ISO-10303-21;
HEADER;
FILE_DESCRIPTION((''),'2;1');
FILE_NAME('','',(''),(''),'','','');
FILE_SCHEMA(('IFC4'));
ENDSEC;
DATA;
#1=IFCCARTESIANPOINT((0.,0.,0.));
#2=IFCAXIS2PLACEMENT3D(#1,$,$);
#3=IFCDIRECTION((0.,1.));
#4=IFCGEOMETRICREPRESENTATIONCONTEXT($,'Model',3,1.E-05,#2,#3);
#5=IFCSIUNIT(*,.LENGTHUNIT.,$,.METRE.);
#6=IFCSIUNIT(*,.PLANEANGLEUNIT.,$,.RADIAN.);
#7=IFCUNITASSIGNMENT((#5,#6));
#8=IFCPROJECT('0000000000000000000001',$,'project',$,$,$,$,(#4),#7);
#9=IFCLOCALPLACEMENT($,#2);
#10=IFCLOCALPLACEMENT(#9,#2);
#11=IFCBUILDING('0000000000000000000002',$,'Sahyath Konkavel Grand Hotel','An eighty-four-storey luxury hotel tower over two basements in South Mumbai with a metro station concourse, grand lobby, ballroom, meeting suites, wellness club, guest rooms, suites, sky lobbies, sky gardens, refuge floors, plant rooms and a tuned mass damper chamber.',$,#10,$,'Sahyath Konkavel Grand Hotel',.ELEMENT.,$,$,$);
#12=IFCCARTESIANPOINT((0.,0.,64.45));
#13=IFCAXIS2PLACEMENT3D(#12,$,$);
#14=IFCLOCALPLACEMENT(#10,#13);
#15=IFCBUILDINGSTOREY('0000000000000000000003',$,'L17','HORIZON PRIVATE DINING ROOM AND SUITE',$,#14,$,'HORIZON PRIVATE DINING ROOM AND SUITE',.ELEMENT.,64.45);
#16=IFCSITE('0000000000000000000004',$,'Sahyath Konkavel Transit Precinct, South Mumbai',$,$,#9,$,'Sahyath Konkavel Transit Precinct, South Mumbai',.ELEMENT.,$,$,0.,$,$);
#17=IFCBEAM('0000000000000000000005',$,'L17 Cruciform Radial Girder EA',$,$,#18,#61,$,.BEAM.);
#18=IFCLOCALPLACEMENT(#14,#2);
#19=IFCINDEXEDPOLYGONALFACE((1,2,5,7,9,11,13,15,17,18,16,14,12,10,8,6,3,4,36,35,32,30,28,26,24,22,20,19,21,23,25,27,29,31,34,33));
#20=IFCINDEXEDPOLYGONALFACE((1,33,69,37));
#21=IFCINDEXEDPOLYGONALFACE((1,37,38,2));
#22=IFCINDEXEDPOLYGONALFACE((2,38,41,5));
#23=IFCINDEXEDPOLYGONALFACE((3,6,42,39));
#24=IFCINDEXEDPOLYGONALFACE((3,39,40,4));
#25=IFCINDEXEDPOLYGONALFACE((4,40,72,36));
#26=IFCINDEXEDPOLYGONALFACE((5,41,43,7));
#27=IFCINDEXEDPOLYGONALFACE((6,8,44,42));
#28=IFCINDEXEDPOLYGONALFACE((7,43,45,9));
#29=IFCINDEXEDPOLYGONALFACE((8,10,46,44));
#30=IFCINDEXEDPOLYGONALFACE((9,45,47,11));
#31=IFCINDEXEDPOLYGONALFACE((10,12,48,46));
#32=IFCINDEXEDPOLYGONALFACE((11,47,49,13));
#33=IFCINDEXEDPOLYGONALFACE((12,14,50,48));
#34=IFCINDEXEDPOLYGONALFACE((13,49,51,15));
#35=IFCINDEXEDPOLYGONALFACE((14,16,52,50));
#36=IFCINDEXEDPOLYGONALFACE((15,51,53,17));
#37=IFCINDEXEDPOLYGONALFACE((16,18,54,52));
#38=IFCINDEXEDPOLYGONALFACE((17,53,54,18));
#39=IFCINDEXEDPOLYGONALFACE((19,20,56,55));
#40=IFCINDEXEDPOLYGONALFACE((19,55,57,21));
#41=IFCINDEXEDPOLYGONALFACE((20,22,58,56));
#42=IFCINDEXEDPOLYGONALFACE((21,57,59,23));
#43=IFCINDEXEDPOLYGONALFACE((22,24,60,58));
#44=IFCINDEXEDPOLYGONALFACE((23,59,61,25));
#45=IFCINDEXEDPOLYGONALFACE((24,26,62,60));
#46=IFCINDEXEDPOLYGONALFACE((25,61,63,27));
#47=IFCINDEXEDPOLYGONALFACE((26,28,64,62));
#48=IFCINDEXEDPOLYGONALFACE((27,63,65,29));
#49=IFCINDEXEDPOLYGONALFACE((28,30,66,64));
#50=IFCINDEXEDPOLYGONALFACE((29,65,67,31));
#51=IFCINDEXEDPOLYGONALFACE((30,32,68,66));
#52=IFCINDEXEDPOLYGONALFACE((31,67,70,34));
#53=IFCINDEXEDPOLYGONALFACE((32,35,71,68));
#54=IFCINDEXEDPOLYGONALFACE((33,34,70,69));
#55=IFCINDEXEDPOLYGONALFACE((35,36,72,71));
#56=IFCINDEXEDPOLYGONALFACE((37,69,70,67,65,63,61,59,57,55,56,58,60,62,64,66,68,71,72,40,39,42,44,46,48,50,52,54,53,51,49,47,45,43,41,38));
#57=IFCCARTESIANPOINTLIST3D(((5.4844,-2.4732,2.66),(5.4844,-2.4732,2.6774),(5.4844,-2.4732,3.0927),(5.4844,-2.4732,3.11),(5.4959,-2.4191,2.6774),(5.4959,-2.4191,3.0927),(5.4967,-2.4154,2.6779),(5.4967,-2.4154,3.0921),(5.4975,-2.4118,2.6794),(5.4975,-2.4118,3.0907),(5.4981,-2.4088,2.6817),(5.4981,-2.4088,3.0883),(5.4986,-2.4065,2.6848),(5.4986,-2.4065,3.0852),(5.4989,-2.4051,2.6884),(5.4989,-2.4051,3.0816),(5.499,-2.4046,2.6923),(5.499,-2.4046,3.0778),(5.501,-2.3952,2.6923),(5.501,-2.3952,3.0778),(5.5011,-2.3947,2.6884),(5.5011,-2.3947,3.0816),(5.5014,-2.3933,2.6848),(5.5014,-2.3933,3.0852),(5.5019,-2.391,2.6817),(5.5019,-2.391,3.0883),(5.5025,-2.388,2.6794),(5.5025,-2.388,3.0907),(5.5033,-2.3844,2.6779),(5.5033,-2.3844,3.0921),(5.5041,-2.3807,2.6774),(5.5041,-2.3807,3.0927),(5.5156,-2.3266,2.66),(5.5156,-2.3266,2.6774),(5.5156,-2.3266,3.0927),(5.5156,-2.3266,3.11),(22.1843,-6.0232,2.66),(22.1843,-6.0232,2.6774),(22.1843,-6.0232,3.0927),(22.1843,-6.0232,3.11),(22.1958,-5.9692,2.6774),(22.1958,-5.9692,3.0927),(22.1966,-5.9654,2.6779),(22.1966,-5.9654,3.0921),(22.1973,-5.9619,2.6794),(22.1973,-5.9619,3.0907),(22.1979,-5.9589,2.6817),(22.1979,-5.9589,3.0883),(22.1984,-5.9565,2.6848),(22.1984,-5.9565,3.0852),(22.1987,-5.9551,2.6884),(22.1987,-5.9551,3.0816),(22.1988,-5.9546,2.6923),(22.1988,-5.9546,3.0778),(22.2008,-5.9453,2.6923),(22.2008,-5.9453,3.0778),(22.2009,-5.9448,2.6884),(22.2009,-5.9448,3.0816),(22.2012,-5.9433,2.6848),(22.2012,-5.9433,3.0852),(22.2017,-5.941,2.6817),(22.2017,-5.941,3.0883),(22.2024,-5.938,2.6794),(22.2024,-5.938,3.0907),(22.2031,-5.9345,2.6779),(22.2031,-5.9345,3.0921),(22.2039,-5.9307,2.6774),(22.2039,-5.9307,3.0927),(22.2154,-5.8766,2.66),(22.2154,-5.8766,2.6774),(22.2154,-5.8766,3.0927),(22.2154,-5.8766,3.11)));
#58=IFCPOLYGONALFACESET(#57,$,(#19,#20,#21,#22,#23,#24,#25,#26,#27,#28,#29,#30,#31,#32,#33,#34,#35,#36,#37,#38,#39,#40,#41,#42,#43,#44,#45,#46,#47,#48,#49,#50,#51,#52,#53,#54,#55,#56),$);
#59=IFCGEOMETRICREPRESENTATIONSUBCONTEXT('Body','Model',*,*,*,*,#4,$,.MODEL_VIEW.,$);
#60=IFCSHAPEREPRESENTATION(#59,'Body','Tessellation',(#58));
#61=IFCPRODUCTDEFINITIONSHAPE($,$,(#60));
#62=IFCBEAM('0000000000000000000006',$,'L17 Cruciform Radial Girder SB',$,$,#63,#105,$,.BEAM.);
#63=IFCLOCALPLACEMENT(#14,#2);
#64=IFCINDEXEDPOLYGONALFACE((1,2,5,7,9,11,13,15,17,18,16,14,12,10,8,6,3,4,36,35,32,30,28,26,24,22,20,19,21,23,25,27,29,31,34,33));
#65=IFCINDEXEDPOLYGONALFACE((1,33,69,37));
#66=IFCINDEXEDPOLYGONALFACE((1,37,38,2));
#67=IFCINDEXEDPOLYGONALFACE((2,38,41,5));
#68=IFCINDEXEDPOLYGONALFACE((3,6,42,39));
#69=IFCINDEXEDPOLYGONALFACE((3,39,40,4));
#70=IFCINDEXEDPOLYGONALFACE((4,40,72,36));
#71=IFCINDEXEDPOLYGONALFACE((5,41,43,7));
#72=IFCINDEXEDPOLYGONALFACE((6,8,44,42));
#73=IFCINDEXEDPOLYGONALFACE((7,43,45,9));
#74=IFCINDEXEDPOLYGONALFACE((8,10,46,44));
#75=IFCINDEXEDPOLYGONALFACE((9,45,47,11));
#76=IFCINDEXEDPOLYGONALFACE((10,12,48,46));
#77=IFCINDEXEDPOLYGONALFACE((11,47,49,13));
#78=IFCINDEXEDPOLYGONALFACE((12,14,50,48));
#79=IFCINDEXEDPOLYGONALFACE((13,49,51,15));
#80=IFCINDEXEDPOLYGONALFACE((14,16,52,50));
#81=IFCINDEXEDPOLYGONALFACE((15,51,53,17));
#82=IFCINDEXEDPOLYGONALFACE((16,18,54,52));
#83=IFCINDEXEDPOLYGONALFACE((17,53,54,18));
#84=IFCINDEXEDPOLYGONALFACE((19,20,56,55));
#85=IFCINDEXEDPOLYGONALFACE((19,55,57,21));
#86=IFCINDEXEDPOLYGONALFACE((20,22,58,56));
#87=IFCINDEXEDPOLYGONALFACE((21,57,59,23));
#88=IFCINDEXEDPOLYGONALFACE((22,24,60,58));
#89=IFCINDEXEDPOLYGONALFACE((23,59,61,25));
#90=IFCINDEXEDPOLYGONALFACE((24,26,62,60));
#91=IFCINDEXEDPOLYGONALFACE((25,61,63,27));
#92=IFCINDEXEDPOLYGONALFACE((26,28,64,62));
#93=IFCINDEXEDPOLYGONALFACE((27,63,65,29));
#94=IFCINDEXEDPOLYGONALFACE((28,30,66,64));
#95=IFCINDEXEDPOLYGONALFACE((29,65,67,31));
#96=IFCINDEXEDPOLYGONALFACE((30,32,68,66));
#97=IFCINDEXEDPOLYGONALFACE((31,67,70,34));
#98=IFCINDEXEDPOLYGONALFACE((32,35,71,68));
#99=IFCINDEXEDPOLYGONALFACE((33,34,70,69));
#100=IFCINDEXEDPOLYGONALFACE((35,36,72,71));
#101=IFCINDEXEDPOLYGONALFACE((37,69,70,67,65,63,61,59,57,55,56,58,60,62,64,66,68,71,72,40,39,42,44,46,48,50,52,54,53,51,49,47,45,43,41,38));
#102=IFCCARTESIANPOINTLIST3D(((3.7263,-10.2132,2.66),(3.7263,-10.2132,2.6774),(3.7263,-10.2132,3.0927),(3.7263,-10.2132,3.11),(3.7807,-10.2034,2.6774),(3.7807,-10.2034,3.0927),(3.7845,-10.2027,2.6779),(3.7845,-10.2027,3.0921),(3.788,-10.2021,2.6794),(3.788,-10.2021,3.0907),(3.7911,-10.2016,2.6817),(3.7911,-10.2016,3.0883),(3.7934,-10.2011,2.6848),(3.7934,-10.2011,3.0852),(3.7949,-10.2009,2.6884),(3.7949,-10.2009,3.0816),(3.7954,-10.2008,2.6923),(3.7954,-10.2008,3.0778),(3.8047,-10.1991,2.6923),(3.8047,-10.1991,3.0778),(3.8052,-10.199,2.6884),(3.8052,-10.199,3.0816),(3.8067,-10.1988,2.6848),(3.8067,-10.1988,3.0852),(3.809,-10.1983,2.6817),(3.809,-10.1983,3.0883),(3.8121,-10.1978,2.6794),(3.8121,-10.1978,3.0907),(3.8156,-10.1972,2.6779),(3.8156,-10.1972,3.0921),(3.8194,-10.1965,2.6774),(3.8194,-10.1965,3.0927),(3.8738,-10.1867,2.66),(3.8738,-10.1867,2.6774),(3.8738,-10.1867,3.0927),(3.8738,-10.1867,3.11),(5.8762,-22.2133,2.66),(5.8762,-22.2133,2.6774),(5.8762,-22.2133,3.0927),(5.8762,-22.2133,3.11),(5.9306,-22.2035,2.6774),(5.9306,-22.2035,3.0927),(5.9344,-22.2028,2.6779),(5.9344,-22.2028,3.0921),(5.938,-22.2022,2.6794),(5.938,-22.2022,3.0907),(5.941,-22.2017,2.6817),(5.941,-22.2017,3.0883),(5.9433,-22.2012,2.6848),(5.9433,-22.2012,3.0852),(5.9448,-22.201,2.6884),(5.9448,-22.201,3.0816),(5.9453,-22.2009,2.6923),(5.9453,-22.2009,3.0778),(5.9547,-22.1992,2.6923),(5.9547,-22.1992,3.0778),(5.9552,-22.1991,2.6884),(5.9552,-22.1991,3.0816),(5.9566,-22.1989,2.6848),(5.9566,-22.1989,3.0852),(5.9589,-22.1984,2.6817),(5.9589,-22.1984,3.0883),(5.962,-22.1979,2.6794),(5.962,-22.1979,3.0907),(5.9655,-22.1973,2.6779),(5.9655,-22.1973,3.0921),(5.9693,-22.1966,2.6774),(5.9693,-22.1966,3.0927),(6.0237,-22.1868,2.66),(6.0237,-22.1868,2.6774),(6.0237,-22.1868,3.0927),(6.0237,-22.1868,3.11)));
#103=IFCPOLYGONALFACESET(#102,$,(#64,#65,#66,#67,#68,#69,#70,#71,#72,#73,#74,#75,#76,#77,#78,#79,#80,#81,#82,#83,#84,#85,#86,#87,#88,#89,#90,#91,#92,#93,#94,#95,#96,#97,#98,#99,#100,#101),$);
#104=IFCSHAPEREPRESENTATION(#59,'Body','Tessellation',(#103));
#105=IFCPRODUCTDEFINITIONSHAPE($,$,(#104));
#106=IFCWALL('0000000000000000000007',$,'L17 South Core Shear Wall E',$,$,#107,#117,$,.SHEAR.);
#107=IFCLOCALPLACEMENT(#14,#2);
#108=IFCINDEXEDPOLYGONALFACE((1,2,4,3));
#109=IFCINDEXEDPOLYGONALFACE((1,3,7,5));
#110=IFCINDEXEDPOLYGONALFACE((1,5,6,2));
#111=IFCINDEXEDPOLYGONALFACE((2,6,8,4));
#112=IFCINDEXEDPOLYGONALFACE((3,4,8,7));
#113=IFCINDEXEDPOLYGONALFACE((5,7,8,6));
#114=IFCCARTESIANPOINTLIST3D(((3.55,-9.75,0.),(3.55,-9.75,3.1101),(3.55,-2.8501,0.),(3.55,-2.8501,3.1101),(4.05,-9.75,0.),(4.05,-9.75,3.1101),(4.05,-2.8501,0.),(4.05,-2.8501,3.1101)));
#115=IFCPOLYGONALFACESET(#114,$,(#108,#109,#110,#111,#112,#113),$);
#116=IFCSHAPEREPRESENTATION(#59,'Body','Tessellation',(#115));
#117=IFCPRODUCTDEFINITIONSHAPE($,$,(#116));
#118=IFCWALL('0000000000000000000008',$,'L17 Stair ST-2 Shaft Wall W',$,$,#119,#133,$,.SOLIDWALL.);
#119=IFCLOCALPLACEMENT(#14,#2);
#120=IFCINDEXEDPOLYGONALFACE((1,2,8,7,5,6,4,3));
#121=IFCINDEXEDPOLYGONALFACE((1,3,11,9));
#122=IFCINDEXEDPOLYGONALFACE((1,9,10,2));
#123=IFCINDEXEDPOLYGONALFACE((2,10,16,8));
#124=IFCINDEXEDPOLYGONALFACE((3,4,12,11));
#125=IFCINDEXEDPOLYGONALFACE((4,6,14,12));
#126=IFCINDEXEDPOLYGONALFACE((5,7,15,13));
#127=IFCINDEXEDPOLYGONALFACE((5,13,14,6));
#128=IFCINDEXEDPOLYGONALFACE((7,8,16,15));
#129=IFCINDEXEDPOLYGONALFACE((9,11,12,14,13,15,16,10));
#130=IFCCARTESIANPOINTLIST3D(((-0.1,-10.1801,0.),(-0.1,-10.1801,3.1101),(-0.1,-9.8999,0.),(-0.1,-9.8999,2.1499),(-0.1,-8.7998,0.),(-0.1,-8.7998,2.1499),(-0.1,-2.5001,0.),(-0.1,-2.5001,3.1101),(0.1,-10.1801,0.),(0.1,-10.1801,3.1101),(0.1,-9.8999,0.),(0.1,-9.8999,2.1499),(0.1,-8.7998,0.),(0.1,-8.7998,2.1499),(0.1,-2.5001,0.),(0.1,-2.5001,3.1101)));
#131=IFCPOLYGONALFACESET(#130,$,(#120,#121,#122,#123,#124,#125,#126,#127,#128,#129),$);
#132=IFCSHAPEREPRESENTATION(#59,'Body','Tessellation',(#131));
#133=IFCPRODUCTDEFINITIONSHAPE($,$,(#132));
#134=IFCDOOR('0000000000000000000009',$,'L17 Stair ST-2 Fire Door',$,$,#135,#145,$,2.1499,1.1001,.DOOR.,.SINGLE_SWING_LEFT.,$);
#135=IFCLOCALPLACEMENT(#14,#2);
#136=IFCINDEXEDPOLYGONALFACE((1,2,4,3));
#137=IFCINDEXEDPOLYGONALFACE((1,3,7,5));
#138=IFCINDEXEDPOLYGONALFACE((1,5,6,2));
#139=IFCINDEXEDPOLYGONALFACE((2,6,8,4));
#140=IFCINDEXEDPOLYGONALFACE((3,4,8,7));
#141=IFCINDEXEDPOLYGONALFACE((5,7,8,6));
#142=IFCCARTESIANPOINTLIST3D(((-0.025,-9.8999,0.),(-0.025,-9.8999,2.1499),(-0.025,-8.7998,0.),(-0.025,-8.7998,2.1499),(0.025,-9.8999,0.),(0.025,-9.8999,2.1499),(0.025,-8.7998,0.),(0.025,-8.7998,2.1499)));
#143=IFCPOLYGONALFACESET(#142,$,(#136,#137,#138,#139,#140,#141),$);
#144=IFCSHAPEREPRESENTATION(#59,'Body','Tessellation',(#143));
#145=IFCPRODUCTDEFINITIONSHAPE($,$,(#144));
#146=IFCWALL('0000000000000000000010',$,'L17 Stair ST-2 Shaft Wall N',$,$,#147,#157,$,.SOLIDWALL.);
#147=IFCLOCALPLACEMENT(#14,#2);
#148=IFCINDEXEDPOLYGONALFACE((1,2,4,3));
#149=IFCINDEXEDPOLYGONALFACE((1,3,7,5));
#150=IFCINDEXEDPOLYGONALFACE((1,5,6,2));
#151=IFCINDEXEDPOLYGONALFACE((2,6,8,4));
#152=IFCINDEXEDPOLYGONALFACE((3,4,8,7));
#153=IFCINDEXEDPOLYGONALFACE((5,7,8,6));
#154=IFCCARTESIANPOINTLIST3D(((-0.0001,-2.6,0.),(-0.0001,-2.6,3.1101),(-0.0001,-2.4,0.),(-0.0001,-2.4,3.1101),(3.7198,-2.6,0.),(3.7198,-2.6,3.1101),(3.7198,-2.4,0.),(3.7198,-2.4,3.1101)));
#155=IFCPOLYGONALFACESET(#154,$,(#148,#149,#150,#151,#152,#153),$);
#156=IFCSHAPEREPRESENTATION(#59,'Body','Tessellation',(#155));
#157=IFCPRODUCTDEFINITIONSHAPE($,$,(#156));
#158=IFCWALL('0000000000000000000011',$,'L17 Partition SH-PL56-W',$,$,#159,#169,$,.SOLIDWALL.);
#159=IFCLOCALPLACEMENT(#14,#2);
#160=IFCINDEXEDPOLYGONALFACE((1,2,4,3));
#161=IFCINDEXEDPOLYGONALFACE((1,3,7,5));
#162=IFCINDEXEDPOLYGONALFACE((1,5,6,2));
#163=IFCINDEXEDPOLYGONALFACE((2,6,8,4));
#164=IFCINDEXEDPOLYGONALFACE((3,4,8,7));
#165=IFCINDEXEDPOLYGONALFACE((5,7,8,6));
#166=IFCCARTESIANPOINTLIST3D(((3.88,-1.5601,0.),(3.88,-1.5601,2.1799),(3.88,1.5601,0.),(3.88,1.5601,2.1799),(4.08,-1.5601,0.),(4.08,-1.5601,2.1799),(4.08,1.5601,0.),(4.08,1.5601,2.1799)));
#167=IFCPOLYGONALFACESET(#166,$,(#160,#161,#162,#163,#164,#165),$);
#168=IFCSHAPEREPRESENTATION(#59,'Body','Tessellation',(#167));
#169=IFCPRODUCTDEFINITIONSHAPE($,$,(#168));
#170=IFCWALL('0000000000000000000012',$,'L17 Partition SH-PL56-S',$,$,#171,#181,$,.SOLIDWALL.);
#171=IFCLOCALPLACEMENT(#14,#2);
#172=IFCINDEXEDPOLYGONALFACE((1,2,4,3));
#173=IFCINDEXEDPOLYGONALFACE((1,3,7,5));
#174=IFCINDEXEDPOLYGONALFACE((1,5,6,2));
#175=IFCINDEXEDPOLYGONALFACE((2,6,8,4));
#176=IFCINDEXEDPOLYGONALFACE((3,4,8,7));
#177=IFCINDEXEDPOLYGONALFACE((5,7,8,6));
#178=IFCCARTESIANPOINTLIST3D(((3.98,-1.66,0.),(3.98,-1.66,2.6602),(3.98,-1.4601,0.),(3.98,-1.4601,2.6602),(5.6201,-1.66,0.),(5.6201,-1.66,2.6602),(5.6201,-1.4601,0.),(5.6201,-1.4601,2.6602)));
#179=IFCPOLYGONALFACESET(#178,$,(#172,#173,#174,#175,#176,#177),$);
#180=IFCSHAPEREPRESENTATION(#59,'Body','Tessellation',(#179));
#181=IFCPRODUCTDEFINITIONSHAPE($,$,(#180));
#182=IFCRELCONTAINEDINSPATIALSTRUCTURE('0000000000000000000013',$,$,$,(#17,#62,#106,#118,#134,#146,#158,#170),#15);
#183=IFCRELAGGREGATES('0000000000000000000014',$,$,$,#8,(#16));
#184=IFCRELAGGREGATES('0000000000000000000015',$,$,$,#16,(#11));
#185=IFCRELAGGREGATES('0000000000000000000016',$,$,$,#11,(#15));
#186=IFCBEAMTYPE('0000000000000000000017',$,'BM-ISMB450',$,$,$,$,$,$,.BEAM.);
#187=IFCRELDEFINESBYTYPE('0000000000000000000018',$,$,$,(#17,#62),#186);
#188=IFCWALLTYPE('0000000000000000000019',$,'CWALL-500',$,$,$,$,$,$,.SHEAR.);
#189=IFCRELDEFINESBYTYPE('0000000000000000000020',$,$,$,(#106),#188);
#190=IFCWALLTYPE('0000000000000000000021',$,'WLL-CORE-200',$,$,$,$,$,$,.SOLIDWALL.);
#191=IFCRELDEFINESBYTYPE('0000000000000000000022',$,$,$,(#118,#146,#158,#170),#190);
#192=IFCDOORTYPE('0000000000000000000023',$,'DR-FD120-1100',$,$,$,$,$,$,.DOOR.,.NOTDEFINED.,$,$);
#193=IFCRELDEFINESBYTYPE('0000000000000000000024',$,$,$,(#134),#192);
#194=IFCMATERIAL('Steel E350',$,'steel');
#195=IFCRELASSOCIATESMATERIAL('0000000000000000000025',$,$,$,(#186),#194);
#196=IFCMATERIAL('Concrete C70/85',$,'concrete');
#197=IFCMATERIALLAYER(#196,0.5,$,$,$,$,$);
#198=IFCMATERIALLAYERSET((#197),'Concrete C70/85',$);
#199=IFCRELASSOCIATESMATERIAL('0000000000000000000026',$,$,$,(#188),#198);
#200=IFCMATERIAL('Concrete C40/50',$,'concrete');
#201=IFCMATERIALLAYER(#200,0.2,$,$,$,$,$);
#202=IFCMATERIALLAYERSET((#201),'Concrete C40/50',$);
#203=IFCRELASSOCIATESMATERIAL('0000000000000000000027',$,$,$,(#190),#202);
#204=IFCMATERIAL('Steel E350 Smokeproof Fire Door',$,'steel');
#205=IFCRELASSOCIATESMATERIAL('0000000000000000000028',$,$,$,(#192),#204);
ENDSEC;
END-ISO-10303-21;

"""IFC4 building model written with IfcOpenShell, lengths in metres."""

from ifc_helpers import new_model, si_unit, direction, frame, frame_2d, origin, origin_2d, place, context, subcontext, project, spatial, rectangle, i_section, extrude, source, transform, mapped, material, layer, layer_set, material_profile, profile_set, type_object, element, fill, save


model = new_model("IFC4")

# Units and contexts
model_context = context("Model", 3, precision=1e-05, world=origin(), true_north=direction((0.0, 1.0)))
body_context = subcontext(model_context, "Body", "Model", "MODEL_VIEW")
ifc_project = project(units=[si_unit("LENGTHUNIT", "METRE"), si_unit("PLANEANGLEUNIT", "RADIAN")], contexts=[model_context])

# Site, building, storey
site_placement = place(None, origin())
site = spatial("IfcSite", under=ifc_project, at=site_placement, Name="Sahyath Konkavel Transit Precinct, South Mumbai", LongName="Sahyath Konkavel Transit Precinct, South Mumbai", CompositionType="ELEMENT", RefElevation=0.0)
building_placement = place(site_placement, origin())
building = spatial("IfcBuilding", under=site, at=building_placement, Name="Sahyath Konkavel Grand Hotel", Description="An eighty-four-storey luxury hotel tower over two basements in South Mumbai with a metro station concourse, grand lobby, ballroom, meeting suites, wellness club, guest rooms, suites, sky lobbies, sky gardens, refuge floors, plant rooms and a tuned mass damper chamber.", LongName="Sahyath Konkavel Grand Hotel", CompositionType="ELEMENT")
storey_placement = place(building_placement, frame((0.0, 0.0, 64.45)))
storey = spatial("IfcBuildingStorey", under=building, at=storey_placement, Name="L17", Description="HORIZON PRIVATE DINING ROOM AND SUITE", LongName="HORIZON PRIVATE DINING ROOM AND SUITE", CompositionType="ELEMENT", Elevation=64.45)

# Shared definitions
ifc_material_1 = material(Name="Concrete C70/85", Category="concrete")

# Beams
ifc_material_2 = material(Name="Steel E350", Category="steel")
ifc_material_profile_1 = material_profile(ifc_material_2, i_section(OverallWidth=0.1499, OverallDepth=0.45, WebThickness=0.0095, FlangeThickness=0.0173, FilletRadius=0.0149, at=origin_2d()), Name="ISMB 450")
ifc_profile_set_1 = profile_set([ifc_material_profile_1], Name="Steel E350")
beam_type_1 = type_object("IfcBeamType", Name="BM-ISMB450", PredefinedType="BEAM", material=ifc_profile_set_1)
shared_shape_1 = source(origin(), body_context, "Body", "SweptSolid", [
    extrude(i_section(OverallWidth=0.1499, OverallDepth=0.45, WebThickness=0.0095, FlangeThickness=0.0173, FilletRadius=0.0149, at=origin_2d()), origin(), (0.0, 0.0, 1.0), 17.073),
])
beam_1_placement = place(storey_placement, frame((5.5, -2.3999, 2.885), z_axis=(0.978143, -0.207932, 0.0), x_axis=(0.207932, 0.978143, 0.0)))
element("IfcBeam", 1, at=beam_1_placement, inside=storey, type_object=beam_type_1, Name="L17 Cruciform Radial Girder EA", PredefinedType="BEAM", context=body_context, shape_type="MappedRepresentation", body=[
    mapped(shared_shape_1, transform((0.0, 0.0, 0.0), scale=1.0)),
])
shared_shape_2 = source(origin(), body_context, "Body", "SweptSolid", [
    extrude(i_section(OverallWidth=0.1499, OverallDepth=0.45, WebThickness=0.0095, FlangeThickness=0.0173, FilletRadius=0.0149, at=origin_2d()), origin(), (0.0, 0.0, 1.0), 12.1912),
])
beam_2_placement = place(storey_placement, frame((3.8, -10.2, 2.885), z_axis=(0.176351, -0.984327, 0.0), x_axis=(0.984327, 0.176351, 0.0)))
element("IfcBeam", 2, at=beam_2_placement, inside=storey, type_object=beam_type_1, Name="L17 Cruciform Radial Girder SB", PredefinedType="BEAM", context=body_context, shape_type="MappedRepresentation", body=[
    mapped(shared_shape_2, transform((0.0, 0.0, 0.0), scale=1.0)),
])

# Wall
ifc_layer_1 = layer(ifc_material_1, 0.5)
ifc_layer_set_1 = layer_set([ifc_layer_1], Name="Concrete C70/85")
wall_type_1 = type_object("IfcWallType", Name="CWALL-500", PredefinedType="SHEAR", material=ifc_layer_set_1)
wall_1_placement = place(storey_placement, frame((3.8, -9.75, 0.0), z_axis=(0.0, 0.0, 1.0), x_axis=(0.0, 1.0, 0.0)))
element("IfcWall", 3, at=wall_1_placement, inside=storey, type_object=wall_type_1, Name="L17 South Core Shear Wall E", PredefinedType="SHEAR", context=body_context, shape_type="SweptSolid", body=[
    extrude(rectangle(XDim=6.8999, YDim=0.5, at=frame_2d((3.45, 0.0))), origin(), (0.0, 0.0, 1.0), 3.1101),
])

# Wall, opening, door
ifc_material_3 = material(Name="Concrete C40/50", Category="concrete")
ifc_layer_2 = layer(ifc_material_3, 0.2)
ifc_layer_set_2 = layer_set([ifc_layer_2], Name="Concrete C40/50")
wall_type_2 = type_object("IfcWallType", Name="WLL-CORE-200", PredefinedType="SOLIDWALL", material=ifc_layer_set_2)
wall_2_placement = place(storey_placement, frame((0.0, -10.1799, 0.0), z_axis=(0.0, 0.0, 1.0), x_axis=(0.0, 1.0, 0.0)))
wall_2 = element("IfcWall", 4, at=wall_2_placement, inside=storey, type_object=wall_type_2, Name="L17 Stair ST-2 Shaft Wall W", PredefinedType="SOLIDWALL", context=body_context, shape_type="SweptSolid", body=[
    extrude(rectangle(XDim=7.6799, YDim=0.2, at=frame_2d((3.8398, 0.0))), origin(), (0.0, 0.0, 1.0), 3.1101),
])
opening_1_placement = place(wall_2_placement, frame((0.28, 0.0, 0.0)))
opening_1 = element("IfcOpeningElement", 5, at=opening_1_placement, cuts=wall_2, PredefinedType="OPENING", context=body_context, shape_type="SweptSolid", body=[
    extrude(rectangle(XDim=1.1001, YDim=2.1499, at=frame_2d((0.55, 1.075))), frame((0.0, 0.1099, 0.0), z_axis=(0.0, -1.0, 0.0), x_axis=(1.0, 0.0, 0.0)), (0.0, 0.0, 1.0), 0.22),
])
ifc_material_4 = material(Name="Steel E350 Smokeproof Fire Door", Category="steel")
door_type_1 = type_object("IfcDoorType", Name="DR-FD120-1100", OperationType="NOTDEFINED", PredefinedType="DOOR", material=ifc_material_4)
shared_shape_3 = source(origin(), body_context, "Body", "SweptSolid", [
    extrude(rectangle(XDim=1.1001, YDim=0.05, at=origin_2d()), origin(), (0.0, 0.0, 1.0), 2.1499),
])
door_1_placement = place(opening_1_placement, frame((0.55, 0.0, 0.0)))
door_1 = element("IfcDoor", 6, at=door_1_placement, inside=storey, type_object=door_type_1, Name="L17 Stair ST-2 Fire Door", OperationType="SINGLE_SWING_LEFT", OverallHeight=2.1499, OverallWidth=1.1001, PredefinedType="DOOR", context=body_context, shape_type="MappedRepresentation", body=[
    mapped(shared_shape_3, transform((0.0, 0.0, 0.0), scale=1.0)),
])
fill(opening_1, door_1)

# Walls
wall_3_placement = place(storey_placement, frame((0.0, -2.5, 0.0), z_axis=(0.0, 0.0, 1.0), x_axis=(1.0, 0.0, 0.0)))
element("IfcWall", 7, at=wall_3_placement, inside=storey, type_object=wall_type_2, Name="L17 Stair ST-2 Shaft Wall N", PredefinedType="SOLIDWALL", context=body_context, shape_type="SweptSolid", body=[
    extrude(rectangle(XDim=3.72, YDim=0.2, at=frame_2d((1.8599, 0.0))), origin(), (0.0, 0.0, 1.0), 3.1101),
])
wall_4_placement = place(storey_placement, frame((3.98, -1.5601, 0.0), z_axis=(0.0, 0.0, 1.0), x_axis=(0.0, 1.0, 0.0)))
element("IfcWall", 8, at=wall_4_placement, inside=storey, type_object=wall_type_2, Name="L17 Partition SH-PL56-W", PredefinedType="SOLIDWALL", context=body_context, shape_type="SweptSolid", body=[
    extrude(rectangle(XDim=3.1201, YDim=0.2, at=frame_2d((1.5601, 0.0))), origin(), (0.0, 0.0, 1.0), 2.1799),
])
wall_5_placement = place(storey_placement, frame((3.98, -1.5601, 0.0), z_axis=(0.0, 0.0, 1.0), x_axis=(1.0, 0.0, 0.0)))
element("IfcWall", 9, at=wall_5_placement, inside=storey, type_object=wall_type_2, Name="L17 Partition SH-PL56-S", PredefinedType="SOLIDWALL", context=body_context, shape_type="SweptSolid", body=[
    extrude(rectangle(XDim=1.6401, YDim=0.2, at=frame_2d((0.8201, 0.0))), origin(), (0.0, 0.0, 1.0), 2.6602),
])

save(model, "model.ifc")
